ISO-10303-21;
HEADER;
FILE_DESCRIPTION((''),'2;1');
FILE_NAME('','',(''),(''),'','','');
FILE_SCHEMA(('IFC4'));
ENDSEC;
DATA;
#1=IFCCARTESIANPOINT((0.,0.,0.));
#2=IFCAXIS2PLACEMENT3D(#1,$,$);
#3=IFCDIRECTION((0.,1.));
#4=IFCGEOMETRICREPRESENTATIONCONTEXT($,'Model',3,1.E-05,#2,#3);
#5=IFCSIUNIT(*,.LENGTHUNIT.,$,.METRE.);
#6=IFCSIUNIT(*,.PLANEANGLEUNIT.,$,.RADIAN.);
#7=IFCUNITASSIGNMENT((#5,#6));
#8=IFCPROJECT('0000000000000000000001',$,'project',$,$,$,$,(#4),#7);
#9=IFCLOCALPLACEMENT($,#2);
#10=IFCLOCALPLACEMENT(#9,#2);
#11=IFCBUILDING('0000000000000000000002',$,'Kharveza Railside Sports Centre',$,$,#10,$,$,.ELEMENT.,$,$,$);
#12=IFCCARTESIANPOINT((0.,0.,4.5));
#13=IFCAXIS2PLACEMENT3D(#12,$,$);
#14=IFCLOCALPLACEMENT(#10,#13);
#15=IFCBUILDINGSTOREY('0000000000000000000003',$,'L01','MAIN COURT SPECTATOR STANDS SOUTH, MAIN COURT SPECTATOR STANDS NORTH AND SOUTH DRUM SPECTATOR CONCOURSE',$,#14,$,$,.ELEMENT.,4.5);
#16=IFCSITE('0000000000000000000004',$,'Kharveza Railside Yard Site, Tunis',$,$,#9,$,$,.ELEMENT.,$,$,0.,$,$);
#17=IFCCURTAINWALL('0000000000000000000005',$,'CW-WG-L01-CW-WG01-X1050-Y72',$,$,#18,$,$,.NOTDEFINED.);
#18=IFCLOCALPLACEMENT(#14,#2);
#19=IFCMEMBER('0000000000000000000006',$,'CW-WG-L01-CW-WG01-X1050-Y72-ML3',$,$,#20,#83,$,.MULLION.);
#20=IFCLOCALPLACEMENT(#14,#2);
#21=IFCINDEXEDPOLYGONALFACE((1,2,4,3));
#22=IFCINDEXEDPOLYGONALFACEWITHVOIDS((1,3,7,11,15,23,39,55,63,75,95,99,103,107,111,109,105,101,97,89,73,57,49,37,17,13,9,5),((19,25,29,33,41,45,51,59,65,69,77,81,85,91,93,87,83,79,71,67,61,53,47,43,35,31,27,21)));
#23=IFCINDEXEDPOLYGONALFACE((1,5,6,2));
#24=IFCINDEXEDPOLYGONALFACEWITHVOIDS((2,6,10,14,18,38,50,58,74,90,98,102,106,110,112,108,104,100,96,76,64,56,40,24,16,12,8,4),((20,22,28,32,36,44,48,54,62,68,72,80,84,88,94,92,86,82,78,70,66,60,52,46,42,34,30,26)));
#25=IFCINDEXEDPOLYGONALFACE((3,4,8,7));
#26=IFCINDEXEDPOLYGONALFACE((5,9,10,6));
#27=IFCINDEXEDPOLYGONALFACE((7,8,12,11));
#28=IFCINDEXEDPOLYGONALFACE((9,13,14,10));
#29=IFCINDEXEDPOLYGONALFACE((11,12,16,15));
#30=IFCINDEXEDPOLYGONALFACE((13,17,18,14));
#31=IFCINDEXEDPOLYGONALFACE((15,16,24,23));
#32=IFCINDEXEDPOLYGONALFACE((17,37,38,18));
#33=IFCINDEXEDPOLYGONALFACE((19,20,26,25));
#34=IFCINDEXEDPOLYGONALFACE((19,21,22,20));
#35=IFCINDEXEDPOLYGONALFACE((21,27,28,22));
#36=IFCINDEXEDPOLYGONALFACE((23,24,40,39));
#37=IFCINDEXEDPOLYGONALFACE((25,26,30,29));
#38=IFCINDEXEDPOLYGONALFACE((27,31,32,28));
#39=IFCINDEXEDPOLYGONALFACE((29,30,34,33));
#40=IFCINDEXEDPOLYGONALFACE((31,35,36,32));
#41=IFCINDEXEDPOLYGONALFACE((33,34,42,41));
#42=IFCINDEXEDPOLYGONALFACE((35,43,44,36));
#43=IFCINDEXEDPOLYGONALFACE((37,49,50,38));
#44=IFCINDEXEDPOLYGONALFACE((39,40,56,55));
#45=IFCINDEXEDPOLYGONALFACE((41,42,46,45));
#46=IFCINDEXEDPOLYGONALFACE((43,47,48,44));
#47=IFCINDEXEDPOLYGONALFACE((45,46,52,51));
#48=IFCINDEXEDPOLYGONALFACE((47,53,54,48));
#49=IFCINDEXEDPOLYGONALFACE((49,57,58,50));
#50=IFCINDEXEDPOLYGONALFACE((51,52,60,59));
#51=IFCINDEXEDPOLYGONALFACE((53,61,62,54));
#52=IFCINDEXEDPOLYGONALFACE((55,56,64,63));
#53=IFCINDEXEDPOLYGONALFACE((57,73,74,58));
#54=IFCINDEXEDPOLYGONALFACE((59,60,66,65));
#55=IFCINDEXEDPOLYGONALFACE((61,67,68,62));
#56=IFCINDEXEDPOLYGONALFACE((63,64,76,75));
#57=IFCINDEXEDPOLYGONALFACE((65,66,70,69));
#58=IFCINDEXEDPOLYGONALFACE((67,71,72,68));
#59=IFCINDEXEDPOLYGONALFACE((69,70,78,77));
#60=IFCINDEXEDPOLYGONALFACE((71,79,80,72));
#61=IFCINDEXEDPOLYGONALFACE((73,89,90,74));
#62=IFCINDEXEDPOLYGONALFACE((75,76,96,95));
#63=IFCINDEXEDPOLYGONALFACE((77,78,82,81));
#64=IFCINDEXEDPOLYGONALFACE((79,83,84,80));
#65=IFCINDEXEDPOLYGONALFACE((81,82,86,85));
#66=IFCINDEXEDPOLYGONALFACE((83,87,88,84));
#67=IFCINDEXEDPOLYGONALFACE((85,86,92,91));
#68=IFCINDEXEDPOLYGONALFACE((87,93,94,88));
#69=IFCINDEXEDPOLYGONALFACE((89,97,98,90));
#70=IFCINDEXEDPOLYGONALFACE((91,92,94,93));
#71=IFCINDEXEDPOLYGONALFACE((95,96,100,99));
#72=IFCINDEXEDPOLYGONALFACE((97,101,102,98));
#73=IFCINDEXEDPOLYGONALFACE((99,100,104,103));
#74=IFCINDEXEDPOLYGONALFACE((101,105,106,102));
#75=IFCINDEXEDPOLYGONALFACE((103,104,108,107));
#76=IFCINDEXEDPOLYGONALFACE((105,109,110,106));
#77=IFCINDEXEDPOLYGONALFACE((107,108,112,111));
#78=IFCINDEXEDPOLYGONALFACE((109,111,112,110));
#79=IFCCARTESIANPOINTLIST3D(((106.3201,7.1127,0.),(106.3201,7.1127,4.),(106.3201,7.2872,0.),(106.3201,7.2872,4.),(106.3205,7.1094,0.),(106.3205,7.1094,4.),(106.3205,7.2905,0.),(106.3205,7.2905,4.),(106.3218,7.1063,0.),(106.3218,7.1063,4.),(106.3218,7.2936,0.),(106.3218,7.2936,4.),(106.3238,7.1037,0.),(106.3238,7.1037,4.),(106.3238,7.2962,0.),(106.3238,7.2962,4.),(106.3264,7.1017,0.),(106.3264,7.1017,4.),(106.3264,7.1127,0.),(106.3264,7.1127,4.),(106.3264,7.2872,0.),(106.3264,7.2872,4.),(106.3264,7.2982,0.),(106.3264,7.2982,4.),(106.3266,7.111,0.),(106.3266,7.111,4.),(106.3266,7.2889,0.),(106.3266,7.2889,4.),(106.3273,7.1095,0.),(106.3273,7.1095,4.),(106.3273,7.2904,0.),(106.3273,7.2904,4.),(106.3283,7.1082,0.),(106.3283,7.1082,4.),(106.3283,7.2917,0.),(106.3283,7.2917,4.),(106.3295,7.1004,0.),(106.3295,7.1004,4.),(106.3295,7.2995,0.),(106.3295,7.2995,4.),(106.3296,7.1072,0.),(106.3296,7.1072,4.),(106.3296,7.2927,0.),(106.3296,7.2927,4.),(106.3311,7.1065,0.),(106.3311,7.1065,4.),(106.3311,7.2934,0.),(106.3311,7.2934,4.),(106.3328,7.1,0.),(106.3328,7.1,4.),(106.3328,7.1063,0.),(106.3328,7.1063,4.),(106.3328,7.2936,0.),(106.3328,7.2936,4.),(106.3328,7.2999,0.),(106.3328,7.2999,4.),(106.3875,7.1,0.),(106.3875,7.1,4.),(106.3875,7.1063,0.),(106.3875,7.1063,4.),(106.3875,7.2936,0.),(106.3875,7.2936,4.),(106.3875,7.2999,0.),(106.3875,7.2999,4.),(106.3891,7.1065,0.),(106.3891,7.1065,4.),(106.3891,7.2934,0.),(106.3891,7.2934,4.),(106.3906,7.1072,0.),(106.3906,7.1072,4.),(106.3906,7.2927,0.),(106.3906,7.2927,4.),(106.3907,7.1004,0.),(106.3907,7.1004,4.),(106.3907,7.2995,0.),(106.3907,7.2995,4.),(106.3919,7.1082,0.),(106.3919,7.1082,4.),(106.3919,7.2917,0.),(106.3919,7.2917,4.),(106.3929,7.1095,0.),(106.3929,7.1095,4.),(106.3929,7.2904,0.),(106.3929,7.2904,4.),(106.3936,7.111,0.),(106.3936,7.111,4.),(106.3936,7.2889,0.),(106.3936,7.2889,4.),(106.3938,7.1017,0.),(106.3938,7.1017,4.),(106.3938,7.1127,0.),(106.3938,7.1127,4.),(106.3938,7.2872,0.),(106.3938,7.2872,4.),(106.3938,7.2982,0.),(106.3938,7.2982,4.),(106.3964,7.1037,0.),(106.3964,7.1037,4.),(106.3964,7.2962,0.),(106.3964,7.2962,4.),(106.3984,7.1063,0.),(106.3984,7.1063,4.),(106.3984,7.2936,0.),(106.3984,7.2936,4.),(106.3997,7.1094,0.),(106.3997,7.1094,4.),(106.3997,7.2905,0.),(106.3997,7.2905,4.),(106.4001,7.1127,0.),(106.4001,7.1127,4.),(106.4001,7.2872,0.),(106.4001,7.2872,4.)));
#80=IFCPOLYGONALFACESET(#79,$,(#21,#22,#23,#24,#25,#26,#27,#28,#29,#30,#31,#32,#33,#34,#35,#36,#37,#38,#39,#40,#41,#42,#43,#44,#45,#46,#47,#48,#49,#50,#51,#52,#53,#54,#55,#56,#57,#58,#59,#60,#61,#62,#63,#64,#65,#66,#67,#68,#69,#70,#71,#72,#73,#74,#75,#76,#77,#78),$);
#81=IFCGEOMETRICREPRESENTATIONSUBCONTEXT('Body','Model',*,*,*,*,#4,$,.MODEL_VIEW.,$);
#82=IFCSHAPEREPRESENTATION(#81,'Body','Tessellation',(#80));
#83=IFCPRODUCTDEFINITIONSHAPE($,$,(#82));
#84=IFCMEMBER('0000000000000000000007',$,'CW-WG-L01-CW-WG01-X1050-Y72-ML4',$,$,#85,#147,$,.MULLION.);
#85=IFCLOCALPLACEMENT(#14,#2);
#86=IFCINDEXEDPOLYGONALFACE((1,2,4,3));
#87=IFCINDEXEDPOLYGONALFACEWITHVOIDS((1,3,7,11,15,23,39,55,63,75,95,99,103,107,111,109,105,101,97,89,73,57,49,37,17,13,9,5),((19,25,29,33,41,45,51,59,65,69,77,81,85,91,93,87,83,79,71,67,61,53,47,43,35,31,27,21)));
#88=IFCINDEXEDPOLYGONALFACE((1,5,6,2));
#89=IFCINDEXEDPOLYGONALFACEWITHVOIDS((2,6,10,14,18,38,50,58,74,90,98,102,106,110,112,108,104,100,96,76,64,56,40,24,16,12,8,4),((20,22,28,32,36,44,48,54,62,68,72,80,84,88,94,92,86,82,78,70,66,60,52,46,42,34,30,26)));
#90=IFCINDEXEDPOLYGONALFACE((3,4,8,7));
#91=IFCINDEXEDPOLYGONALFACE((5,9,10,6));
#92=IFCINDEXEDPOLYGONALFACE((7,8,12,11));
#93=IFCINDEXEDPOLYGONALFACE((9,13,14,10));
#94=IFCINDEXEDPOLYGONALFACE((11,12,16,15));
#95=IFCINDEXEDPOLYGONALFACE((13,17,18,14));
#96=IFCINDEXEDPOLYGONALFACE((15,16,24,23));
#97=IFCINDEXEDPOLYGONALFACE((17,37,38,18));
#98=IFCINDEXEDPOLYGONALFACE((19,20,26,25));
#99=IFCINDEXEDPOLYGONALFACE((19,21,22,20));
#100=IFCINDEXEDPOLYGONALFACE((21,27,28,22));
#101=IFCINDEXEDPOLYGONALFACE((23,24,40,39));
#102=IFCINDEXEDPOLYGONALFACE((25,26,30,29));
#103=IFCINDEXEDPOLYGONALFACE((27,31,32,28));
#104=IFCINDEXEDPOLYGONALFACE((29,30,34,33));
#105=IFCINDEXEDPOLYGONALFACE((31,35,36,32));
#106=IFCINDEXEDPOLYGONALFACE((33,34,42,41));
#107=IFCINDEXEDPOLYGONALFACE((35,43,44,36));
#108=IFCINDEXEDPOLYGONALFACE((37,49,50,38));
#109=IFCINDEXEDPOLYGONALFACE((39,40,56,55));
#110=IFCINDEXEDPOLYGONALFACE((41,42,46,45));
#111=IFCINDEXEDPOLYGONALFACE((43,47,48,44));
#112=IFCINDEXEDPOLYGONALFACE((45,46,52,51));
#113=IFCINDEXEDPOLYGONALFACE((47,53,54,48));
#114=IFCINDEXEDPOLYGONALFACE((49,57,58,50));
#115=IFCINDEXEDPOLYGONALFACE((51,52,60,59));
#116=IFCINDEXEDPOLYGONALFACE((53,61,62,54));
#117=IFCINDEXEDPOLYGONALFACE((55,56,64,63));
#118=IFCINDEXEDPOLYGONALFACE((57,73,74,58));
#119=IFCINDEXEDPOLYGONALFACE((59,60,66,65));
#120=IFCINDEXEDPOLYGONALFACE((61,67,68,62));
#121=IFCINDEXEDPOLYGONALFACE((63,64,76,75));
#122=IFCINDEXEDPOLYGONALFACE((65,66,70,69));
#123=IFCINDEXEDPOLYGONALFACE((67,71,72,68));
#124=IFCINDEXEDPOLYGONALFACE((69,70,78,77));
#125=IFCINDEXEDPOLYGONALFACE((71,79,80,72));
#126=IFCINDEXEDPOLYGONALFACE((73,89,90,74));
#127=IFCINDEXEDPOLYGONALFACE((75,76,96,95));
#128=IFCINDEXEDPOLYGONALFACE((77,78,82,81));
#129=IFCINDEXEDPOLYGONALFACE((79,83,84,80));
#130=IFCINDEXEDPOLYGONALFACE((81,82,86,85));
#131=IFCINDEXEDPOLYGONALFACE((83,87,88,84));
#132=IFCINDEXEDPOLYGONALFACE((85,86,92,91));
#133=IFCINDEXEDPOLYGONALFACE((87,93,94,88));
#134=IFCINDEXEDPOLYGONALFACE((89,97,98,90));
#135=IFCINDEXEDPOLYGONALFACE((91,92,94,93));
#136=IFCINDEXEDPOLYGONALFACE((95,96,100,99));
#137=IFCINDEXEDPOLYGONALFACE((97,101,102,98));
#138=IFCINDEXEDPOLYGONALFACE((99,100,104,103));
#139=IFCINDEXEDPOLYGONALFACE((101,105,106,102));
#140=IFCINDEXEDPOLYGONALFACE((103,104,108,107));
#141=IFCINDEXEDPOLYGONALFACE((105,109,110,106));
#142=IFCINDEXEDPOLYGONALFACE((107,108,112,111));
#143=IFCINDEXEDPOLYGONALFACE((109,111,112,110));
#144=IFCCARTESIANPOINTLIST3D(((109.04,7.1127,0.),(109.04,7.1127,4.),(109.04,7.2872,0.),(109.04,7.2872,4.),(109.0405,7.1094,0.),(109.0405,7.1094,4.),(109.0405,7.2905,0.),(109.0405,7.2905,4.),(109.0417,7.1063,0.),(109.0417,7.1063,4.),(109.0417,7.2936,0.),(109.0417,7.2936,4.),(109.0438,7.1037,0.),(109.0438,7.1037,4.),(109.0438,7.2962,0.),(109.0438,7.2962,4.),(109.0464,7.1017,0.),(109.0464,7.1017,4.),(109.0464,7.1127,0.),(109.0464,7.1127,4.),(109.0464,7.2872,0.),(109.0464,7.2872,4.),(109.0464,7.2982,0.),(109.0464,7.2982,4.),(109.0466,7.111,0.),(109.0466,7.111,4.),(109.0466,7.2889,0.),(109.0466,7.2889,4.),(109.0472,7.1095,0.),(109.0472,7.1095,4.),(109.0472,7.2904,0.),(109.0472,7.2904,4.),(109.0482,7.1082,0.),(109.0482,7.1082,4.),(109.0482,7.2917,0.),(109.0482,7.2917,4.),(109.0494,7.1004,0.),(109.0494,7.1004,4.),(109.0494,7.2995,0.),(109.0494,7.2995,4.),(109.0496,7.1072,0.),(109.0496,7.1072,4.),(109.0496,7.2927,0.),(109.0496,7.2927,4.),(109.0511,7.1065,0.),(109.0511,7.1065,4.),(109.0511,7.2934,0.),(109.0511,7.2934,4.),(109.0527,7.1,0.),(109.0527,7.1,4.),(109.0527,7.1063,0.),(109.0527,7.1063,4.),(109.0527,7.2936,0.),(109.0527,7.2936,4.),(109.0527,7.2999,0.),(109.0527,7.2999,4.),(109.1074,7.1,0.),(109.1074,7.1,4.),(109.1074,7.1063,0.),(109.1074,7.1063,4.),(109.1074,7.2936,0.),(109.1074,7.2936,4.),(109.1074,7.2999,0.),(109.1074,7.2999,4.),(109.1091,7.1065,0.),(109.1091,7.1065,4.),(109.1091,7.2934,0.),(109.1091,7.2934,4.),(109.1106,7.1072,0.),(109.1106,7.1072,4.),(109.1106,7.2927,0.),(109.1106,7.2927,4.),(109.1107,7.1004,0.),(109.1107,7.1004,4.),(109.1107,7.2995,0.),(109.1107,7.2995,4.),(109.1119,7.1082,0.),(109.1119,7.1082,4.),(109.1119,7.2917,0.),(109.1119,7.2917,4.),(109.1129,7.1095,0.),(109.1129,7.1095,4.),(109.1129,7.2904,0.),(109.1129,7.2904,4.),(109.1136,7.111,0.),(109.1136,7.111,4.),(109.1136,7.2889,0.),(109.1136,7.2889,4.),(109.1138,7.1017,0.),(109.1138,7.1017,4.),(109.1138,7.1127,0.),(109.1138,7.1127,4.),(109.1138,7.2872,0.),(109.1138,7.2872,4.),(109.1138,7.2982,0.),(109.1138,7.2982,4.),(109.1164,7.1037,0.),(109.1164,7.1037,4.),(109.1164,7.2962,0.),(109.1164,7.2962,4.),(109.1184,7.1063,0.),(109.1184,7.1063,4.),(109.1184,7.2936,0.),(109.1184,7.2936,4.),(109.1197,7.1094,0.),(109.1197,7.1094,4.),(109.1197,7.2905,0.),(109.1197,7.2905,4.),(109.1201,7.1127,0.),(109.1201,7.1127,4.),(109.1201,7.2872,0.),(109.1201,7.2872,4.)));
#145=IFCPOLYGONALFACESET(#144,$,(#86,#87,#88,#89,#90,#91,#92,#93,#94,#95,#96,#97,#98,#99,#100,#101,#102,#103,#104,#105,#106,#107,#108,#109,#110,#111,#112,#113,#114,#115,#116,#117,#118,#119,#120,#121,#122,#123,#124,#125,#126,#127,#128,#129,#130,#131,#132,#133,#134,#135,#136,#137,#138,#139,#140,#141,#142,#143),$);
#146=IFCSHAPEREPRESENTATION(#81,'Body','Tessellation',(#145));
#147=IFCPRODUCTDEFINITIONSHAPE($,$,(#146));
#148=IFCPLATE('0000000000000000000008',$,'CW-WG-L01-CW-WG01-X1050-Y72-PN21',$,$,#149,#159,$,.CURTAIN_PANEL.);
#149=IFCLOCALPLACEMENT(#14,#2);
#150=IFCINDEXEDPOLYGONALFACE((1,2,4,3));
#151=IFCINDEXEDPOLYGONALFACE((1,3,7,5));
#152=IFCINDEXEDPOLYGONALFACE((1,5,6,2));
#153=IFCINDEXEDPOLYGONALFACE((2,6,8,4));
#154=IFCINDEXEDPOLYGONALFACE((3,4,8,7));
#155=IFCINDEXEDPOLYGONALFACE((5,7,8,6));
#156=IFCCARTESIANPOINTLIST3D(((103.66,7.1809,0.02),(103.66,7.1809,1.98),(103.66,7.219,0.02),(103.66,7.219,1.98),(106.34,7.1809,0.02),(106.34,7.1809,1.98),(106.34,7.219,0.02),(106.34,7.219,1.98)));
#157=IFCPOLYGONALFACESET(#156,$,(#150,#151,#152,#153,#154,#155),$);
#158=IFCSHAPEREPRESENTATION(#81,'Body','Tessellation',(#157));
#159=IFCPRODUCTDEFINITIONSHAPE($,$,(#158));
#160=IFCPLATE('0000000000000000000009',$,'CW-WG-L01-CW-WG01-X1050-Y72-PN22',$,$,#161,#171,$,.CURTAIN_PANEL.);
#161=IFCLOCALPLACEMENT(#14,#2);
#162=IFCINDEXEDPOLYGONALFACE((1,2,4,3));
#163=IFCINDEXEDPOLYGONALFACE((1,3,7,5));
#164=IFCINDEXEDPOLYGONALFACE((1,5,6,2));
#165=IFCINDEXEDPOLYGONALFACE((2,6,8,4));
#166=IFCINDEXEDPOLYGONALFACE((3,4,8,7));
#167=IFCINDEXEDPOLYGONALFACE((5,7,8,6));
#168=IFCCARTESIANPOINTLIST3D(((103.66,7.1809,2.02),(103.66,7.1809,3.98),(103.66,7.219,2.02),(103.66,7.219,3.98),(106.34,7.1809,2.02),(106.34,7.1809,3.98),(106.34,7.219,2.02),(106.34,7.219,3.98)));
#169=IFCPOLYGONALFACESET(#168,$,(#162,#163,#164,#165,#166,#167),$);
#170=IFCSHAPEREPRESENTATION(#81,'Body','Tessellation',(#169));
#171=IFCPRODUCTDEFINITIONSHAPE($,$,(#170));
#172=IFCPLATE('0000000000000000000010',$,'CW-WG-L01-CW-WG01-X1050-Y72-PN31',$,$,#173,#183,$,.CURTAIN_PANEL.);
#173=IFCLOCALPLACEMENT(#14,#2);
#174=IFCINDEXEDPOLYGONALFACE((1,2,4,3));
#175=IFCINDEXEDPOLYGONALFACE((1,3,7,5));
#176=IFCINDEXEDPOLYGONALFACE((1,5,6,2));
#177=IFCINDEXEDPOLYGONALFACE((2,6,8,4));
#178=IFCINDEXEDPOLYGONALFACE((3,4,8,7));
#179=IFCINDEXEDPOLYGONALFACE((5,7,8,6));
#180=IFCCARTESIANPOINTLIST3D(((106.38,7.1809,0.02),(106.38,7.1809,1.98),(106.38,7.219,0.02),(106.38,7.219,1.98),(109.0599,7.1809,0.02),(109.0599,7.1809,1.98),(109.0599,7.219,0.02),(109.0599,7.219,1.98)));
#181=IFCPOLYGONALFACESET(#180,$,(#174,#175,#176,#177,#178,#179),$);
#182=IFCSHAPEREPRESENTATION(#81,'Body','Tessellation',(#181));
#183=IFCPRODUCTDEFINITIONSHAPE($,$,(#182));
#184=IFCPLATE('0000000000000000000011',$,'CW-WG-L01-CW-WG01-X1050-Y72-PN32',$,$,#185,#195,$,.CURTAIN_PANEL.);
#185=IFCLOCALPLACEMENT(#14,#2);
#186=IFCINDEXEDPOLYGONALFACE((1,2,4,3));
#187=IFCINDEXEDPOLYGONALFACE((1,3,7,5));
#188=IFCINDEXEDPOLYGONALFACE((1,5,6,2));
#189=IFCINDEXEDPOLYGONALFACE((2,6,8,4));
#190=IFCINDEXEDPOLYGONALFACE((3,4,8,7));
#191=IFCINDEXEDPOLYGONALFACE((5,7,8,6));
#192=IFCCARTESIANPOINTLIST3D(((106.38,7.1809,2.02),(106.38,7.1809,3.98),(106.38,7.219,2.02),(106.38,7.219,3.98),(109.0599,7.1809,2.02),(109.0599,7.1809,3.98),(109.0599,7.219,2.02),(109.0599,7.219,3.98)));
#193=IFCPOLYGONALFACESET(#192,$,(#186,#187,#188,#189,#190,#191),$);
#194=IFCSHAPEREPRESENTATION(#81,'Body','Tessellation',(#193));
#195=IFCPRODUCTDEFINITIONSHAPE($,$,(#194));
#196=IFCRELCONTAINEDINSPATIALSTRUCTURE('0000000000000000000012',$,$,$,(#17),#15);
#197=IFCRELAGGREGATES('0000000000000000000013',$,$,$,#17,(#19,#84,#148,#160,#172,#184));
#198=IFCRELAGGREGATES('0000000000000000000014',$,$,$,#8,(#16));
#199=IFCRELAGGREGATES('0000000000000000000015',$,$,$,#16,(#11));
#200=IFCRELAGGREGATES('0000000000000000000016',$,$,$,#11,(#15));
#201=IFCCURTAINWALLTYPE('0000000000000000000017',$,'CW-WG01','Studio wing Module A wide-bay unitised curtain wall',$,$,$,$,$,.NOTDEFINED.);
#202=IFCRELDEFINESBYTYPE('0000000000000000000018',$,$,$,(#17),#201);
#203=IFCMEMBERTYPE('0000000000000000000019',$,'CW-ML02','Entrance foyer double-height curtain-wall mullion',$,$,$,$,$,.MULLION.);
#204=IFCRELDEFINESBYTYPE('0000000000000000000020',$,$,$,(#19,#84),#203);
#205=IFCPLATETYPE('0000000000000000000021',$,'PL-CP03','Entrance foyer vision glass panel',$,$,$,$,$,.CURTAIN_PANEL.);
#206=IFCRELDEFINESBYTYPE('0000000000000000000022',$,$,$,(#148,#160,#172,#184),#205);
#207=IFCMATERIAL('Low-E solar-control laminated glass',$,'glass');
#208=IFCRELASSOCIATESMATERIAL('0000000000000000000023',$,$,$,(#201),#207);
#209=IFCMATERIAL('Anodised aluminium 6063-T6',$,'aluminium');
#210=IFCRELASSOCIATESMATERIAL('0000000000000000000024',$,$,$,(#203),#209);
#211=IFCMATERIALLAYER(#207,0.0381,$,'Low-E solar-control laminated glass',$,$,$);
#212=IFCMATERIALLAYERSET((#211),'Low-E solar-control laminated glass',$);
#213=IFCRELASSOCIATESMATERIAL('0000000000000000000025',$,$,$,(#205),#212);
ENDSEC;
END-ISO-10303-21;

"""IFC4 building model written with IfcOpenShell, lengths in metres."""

from ifc_helpers import new_model, si_unit, direction, frame, origin, origin_2d, place, context, subcontext, project, spatial, rectangle, hollow_rectangle, extrude, material, layer, layer_set, material_profile, profile_set, type_object, element, aggregate, save


model = new_model("IFC4")

# Units and contexts
model_context = context("Model", 3, precision=1e-05, world=origin(), true_north=direction((0.0, 1.0)))
body_context = subcontext(model_context, "Body", "Model", "MODEL_VIEW")
ifc_project = project(units=[si_unit("LENGTHUNIT", "METRE"), si_unit("PLANEANGLEUNIT", "RADIAN")], contexts=[model_context])

# Site, building, storey
site_placement = place(None, origin())
site = spatial("IfcSite", under=ifc_project, at=site_placement, Name="Kharveza Railside Yard Site, Tunis", CompositionType="ELEMENT", RefElevation=0.0)
building_placement = place(site_placement, origin())
building = spatial("IfcBuilding", under=site, at=building_placement, Name="Kharveza Railside Sports Centre", CompositionType="ELEMENT")
storey_placement = place(building_placement, frame((0.0, 0.0, 4.5)))
storey = spatial("IfcBuildingStorey", under=building, at=storey_placement, Name="L01", Description="MAIN COURT SPECTATOR STANDS SOUTH, MAIN COURT SPECTATOR STANDS NORTH AND SOUTH DRUM SPECTATOR CONCOURSE", CompositionType="ELEMENT", Elevation=4.5)

# Curtain wall, members, plates
ifc_material_1 = material(Name="Low-E solar-control laminated glass", Category="glass")
curtain_wall_type = type_object("IfcCurtainWallType", Name="CW-WG01", Description="Studio wing Module A wide-bay unitised curtain wall", PredefinedType="NOTDEFINED", material=ifc_material_1)
curtain_wall_placement = place(storey_placement, origin())
curtain_wall = element("IfcCurtainWall", 1, at=curtain_wall_placement, inside=storey, type_object=curtain_wall_type, Name="CW-WG-L01-CW-WG01-X1050-Y72", PredefinedType="NOTDEFINED")
ifc_material_2 = material(Name="Anodised aluminium 6063-T6", Category="aluminium")
ifc_material_profile_1 = material_profile(ifc_material_2, hollow_rectangle(XDim=0.0801, YDim=0.2, WallThickness=0.0063, InnerFilletRadius=0.0063, OuterFilletRadius=0.0127, at=origin_2d()), Name="RHS 80x200x6.3")
ifc_profile_set_1 = profile_set([ifc_material_profile_1], Name="Anodised aluminium 6063-T6")
member_type = type_object("IfcMemberType", Name="CW-ML02", Description="Entrance foyer double-height curtain-wall mullion", PredefinedType="MULLION", material=ifc_profile_set_1)
member_1_placement = place(storey_placement, frame((106.3601, 7.2, 0.0), z_axis=(0.0, 0.0, 1.0), x_axis=(1.0, 0.0, 0.0)))
member_1 = element("IfcMember", 2, at=member_1_placement, type_object=member_type, Name="CW-WG-L01-CW-WG01-X1050-Y72-ML3", PredefinedType="MULLION", context=body_context, shape_type="SweptSolid", body=[
    extrude(hollow_rectangle(XDim=0.0801, YDim=0.2, WallThickness=0.0063, InnerFilletRadius=0.0063, OuterFilletRadius=0.0127, at=origin_2d()), origin(), (0.0, 0.0, 1.0), 4.0),
])
member_2_placement = place(storey_placement, frame((109.0801, 7.2, 0.0), z_axis=(0.0, 0.0, 1.0), x_axis=(1.0, 0.0, 0.0)))
member_2 = element("IfcMember", 3, at=member_2_placement, type_object=member_type, Name="CW-WG-L01-CW-WG01-X1050-Y72-ML4", PredefinedType="MULLION", context=body_context, shape_type="SweptSolid", body=[
    extrude(hollow_rectangle(XDim=0.0801, YDim=0.2, WallThickness=0.0063, InnerFilletRadius=0.0063, OuterFilletRadius=0.0127, at=origin_2d()), origin(), (0.0, 0.0, 1.0), 4.0),
])
ifc_layer_1 = layer(ifc_material_1, 0.0381, Name="Low-E solar-control laminated glass")
ifc_layer_set_1 = layer_set([ifc_layer_1], Name="Low-E solar-control laminated glass")
plate_type = type_object("IfcPlateType", Name="PL-CP03", Description="Entrance foyer vision glass panel", PredefinedType="CURTAIN_PANEL", material=ifc_layer_set_1)
plate_1_placement = place(storey_placement, frame((105.0, 7.2, 0.02), z_axis=(0.0, 0.0, 1.0), x_axis=(1.0, 0.0, 0.0)))
plate_1 = element("IfcPlate", 4, at=plate_1_placement, type_object=plate_type, Name="CW-WG-L01-CW-WG01-X1050-Y72-PN21", PredefinedType="CURTAIN_PANEL", context=body_context, shape_type="SweptSolid", body=[
    extrude(rectangle(XDim=2.6799, YDim=0.0381, at=origin_2d()), origin(), (0.0, 0.0, 1.0), 1.96),
])
plate_2_placement = place(storey_placement, frame((105.0, 7.2, 2.02), z_axis=(0.0, 0.0, 1.0), x_axis=(1.0, 0.0, 0.0)))
plate_2 = element("IfcPlate", 5, at=plate_2_placement, type_object=plate_type, Name="CW-WG-L01-CW-WG01-X1050-Y72-PN22", PredefinedType="CURTAIN_PANEL", context=body_context, shape_type="SweptSolid", body=[
    extrude(rectangle(XDim=2.6799, YDim=0.0381, at=origin_2d()), origin(), (0.0, 0.0, 1.0), 1.96),
])
plate_3_placement = place(storey_placement, frame((107.72, 7.2, 0.02), z_axis=(0.0, 0.0, 1.0), x_axis=(1.0, 0.0, 0.0)))
plate_3 = element("IfcPlate", 6, at=plate_3_placement, type_object=plate_type, Name="CW-WG-L01-CW-WG01-X1050-Y72-PN31", PredefinedType="CURTAIN_PANEL", context=body_context, shape_type="SweptSolid", body=[
    extrude(rectangle(XDim=2.6799, YDim=0.0381, at=origin_2d()), origin(), (0.0, 0.0, 1.0), 1.96),
])
plate_4_placement = place(storey_placement, frame((107.72, 7.2, 2.02), z_axis=(0.0, 0.0, 1.0), x_axis=(1.0, 0.0, 0.0)))
plate_4 = element("IfcPlate", 7, at=plate_4_placement, type_object=plate_type, Name="CW-WG-L01-CW-WG01-X1050-Y72-PN32", PredefinedType="CURTAIN_PANEL", context=body_context, shape_type="SweptSolid", body=[
    extrude(rectangle(XDim=2.6799, YDim=0.0381, at=origin_2d()), origin(), (0.0, 0.0, 1.0), 1.96),
])
aggregate(curtain_wall, [member_1, member_2, plate_1, plate_2, plate_3, plate_4])

save(model, "model.ifc")
